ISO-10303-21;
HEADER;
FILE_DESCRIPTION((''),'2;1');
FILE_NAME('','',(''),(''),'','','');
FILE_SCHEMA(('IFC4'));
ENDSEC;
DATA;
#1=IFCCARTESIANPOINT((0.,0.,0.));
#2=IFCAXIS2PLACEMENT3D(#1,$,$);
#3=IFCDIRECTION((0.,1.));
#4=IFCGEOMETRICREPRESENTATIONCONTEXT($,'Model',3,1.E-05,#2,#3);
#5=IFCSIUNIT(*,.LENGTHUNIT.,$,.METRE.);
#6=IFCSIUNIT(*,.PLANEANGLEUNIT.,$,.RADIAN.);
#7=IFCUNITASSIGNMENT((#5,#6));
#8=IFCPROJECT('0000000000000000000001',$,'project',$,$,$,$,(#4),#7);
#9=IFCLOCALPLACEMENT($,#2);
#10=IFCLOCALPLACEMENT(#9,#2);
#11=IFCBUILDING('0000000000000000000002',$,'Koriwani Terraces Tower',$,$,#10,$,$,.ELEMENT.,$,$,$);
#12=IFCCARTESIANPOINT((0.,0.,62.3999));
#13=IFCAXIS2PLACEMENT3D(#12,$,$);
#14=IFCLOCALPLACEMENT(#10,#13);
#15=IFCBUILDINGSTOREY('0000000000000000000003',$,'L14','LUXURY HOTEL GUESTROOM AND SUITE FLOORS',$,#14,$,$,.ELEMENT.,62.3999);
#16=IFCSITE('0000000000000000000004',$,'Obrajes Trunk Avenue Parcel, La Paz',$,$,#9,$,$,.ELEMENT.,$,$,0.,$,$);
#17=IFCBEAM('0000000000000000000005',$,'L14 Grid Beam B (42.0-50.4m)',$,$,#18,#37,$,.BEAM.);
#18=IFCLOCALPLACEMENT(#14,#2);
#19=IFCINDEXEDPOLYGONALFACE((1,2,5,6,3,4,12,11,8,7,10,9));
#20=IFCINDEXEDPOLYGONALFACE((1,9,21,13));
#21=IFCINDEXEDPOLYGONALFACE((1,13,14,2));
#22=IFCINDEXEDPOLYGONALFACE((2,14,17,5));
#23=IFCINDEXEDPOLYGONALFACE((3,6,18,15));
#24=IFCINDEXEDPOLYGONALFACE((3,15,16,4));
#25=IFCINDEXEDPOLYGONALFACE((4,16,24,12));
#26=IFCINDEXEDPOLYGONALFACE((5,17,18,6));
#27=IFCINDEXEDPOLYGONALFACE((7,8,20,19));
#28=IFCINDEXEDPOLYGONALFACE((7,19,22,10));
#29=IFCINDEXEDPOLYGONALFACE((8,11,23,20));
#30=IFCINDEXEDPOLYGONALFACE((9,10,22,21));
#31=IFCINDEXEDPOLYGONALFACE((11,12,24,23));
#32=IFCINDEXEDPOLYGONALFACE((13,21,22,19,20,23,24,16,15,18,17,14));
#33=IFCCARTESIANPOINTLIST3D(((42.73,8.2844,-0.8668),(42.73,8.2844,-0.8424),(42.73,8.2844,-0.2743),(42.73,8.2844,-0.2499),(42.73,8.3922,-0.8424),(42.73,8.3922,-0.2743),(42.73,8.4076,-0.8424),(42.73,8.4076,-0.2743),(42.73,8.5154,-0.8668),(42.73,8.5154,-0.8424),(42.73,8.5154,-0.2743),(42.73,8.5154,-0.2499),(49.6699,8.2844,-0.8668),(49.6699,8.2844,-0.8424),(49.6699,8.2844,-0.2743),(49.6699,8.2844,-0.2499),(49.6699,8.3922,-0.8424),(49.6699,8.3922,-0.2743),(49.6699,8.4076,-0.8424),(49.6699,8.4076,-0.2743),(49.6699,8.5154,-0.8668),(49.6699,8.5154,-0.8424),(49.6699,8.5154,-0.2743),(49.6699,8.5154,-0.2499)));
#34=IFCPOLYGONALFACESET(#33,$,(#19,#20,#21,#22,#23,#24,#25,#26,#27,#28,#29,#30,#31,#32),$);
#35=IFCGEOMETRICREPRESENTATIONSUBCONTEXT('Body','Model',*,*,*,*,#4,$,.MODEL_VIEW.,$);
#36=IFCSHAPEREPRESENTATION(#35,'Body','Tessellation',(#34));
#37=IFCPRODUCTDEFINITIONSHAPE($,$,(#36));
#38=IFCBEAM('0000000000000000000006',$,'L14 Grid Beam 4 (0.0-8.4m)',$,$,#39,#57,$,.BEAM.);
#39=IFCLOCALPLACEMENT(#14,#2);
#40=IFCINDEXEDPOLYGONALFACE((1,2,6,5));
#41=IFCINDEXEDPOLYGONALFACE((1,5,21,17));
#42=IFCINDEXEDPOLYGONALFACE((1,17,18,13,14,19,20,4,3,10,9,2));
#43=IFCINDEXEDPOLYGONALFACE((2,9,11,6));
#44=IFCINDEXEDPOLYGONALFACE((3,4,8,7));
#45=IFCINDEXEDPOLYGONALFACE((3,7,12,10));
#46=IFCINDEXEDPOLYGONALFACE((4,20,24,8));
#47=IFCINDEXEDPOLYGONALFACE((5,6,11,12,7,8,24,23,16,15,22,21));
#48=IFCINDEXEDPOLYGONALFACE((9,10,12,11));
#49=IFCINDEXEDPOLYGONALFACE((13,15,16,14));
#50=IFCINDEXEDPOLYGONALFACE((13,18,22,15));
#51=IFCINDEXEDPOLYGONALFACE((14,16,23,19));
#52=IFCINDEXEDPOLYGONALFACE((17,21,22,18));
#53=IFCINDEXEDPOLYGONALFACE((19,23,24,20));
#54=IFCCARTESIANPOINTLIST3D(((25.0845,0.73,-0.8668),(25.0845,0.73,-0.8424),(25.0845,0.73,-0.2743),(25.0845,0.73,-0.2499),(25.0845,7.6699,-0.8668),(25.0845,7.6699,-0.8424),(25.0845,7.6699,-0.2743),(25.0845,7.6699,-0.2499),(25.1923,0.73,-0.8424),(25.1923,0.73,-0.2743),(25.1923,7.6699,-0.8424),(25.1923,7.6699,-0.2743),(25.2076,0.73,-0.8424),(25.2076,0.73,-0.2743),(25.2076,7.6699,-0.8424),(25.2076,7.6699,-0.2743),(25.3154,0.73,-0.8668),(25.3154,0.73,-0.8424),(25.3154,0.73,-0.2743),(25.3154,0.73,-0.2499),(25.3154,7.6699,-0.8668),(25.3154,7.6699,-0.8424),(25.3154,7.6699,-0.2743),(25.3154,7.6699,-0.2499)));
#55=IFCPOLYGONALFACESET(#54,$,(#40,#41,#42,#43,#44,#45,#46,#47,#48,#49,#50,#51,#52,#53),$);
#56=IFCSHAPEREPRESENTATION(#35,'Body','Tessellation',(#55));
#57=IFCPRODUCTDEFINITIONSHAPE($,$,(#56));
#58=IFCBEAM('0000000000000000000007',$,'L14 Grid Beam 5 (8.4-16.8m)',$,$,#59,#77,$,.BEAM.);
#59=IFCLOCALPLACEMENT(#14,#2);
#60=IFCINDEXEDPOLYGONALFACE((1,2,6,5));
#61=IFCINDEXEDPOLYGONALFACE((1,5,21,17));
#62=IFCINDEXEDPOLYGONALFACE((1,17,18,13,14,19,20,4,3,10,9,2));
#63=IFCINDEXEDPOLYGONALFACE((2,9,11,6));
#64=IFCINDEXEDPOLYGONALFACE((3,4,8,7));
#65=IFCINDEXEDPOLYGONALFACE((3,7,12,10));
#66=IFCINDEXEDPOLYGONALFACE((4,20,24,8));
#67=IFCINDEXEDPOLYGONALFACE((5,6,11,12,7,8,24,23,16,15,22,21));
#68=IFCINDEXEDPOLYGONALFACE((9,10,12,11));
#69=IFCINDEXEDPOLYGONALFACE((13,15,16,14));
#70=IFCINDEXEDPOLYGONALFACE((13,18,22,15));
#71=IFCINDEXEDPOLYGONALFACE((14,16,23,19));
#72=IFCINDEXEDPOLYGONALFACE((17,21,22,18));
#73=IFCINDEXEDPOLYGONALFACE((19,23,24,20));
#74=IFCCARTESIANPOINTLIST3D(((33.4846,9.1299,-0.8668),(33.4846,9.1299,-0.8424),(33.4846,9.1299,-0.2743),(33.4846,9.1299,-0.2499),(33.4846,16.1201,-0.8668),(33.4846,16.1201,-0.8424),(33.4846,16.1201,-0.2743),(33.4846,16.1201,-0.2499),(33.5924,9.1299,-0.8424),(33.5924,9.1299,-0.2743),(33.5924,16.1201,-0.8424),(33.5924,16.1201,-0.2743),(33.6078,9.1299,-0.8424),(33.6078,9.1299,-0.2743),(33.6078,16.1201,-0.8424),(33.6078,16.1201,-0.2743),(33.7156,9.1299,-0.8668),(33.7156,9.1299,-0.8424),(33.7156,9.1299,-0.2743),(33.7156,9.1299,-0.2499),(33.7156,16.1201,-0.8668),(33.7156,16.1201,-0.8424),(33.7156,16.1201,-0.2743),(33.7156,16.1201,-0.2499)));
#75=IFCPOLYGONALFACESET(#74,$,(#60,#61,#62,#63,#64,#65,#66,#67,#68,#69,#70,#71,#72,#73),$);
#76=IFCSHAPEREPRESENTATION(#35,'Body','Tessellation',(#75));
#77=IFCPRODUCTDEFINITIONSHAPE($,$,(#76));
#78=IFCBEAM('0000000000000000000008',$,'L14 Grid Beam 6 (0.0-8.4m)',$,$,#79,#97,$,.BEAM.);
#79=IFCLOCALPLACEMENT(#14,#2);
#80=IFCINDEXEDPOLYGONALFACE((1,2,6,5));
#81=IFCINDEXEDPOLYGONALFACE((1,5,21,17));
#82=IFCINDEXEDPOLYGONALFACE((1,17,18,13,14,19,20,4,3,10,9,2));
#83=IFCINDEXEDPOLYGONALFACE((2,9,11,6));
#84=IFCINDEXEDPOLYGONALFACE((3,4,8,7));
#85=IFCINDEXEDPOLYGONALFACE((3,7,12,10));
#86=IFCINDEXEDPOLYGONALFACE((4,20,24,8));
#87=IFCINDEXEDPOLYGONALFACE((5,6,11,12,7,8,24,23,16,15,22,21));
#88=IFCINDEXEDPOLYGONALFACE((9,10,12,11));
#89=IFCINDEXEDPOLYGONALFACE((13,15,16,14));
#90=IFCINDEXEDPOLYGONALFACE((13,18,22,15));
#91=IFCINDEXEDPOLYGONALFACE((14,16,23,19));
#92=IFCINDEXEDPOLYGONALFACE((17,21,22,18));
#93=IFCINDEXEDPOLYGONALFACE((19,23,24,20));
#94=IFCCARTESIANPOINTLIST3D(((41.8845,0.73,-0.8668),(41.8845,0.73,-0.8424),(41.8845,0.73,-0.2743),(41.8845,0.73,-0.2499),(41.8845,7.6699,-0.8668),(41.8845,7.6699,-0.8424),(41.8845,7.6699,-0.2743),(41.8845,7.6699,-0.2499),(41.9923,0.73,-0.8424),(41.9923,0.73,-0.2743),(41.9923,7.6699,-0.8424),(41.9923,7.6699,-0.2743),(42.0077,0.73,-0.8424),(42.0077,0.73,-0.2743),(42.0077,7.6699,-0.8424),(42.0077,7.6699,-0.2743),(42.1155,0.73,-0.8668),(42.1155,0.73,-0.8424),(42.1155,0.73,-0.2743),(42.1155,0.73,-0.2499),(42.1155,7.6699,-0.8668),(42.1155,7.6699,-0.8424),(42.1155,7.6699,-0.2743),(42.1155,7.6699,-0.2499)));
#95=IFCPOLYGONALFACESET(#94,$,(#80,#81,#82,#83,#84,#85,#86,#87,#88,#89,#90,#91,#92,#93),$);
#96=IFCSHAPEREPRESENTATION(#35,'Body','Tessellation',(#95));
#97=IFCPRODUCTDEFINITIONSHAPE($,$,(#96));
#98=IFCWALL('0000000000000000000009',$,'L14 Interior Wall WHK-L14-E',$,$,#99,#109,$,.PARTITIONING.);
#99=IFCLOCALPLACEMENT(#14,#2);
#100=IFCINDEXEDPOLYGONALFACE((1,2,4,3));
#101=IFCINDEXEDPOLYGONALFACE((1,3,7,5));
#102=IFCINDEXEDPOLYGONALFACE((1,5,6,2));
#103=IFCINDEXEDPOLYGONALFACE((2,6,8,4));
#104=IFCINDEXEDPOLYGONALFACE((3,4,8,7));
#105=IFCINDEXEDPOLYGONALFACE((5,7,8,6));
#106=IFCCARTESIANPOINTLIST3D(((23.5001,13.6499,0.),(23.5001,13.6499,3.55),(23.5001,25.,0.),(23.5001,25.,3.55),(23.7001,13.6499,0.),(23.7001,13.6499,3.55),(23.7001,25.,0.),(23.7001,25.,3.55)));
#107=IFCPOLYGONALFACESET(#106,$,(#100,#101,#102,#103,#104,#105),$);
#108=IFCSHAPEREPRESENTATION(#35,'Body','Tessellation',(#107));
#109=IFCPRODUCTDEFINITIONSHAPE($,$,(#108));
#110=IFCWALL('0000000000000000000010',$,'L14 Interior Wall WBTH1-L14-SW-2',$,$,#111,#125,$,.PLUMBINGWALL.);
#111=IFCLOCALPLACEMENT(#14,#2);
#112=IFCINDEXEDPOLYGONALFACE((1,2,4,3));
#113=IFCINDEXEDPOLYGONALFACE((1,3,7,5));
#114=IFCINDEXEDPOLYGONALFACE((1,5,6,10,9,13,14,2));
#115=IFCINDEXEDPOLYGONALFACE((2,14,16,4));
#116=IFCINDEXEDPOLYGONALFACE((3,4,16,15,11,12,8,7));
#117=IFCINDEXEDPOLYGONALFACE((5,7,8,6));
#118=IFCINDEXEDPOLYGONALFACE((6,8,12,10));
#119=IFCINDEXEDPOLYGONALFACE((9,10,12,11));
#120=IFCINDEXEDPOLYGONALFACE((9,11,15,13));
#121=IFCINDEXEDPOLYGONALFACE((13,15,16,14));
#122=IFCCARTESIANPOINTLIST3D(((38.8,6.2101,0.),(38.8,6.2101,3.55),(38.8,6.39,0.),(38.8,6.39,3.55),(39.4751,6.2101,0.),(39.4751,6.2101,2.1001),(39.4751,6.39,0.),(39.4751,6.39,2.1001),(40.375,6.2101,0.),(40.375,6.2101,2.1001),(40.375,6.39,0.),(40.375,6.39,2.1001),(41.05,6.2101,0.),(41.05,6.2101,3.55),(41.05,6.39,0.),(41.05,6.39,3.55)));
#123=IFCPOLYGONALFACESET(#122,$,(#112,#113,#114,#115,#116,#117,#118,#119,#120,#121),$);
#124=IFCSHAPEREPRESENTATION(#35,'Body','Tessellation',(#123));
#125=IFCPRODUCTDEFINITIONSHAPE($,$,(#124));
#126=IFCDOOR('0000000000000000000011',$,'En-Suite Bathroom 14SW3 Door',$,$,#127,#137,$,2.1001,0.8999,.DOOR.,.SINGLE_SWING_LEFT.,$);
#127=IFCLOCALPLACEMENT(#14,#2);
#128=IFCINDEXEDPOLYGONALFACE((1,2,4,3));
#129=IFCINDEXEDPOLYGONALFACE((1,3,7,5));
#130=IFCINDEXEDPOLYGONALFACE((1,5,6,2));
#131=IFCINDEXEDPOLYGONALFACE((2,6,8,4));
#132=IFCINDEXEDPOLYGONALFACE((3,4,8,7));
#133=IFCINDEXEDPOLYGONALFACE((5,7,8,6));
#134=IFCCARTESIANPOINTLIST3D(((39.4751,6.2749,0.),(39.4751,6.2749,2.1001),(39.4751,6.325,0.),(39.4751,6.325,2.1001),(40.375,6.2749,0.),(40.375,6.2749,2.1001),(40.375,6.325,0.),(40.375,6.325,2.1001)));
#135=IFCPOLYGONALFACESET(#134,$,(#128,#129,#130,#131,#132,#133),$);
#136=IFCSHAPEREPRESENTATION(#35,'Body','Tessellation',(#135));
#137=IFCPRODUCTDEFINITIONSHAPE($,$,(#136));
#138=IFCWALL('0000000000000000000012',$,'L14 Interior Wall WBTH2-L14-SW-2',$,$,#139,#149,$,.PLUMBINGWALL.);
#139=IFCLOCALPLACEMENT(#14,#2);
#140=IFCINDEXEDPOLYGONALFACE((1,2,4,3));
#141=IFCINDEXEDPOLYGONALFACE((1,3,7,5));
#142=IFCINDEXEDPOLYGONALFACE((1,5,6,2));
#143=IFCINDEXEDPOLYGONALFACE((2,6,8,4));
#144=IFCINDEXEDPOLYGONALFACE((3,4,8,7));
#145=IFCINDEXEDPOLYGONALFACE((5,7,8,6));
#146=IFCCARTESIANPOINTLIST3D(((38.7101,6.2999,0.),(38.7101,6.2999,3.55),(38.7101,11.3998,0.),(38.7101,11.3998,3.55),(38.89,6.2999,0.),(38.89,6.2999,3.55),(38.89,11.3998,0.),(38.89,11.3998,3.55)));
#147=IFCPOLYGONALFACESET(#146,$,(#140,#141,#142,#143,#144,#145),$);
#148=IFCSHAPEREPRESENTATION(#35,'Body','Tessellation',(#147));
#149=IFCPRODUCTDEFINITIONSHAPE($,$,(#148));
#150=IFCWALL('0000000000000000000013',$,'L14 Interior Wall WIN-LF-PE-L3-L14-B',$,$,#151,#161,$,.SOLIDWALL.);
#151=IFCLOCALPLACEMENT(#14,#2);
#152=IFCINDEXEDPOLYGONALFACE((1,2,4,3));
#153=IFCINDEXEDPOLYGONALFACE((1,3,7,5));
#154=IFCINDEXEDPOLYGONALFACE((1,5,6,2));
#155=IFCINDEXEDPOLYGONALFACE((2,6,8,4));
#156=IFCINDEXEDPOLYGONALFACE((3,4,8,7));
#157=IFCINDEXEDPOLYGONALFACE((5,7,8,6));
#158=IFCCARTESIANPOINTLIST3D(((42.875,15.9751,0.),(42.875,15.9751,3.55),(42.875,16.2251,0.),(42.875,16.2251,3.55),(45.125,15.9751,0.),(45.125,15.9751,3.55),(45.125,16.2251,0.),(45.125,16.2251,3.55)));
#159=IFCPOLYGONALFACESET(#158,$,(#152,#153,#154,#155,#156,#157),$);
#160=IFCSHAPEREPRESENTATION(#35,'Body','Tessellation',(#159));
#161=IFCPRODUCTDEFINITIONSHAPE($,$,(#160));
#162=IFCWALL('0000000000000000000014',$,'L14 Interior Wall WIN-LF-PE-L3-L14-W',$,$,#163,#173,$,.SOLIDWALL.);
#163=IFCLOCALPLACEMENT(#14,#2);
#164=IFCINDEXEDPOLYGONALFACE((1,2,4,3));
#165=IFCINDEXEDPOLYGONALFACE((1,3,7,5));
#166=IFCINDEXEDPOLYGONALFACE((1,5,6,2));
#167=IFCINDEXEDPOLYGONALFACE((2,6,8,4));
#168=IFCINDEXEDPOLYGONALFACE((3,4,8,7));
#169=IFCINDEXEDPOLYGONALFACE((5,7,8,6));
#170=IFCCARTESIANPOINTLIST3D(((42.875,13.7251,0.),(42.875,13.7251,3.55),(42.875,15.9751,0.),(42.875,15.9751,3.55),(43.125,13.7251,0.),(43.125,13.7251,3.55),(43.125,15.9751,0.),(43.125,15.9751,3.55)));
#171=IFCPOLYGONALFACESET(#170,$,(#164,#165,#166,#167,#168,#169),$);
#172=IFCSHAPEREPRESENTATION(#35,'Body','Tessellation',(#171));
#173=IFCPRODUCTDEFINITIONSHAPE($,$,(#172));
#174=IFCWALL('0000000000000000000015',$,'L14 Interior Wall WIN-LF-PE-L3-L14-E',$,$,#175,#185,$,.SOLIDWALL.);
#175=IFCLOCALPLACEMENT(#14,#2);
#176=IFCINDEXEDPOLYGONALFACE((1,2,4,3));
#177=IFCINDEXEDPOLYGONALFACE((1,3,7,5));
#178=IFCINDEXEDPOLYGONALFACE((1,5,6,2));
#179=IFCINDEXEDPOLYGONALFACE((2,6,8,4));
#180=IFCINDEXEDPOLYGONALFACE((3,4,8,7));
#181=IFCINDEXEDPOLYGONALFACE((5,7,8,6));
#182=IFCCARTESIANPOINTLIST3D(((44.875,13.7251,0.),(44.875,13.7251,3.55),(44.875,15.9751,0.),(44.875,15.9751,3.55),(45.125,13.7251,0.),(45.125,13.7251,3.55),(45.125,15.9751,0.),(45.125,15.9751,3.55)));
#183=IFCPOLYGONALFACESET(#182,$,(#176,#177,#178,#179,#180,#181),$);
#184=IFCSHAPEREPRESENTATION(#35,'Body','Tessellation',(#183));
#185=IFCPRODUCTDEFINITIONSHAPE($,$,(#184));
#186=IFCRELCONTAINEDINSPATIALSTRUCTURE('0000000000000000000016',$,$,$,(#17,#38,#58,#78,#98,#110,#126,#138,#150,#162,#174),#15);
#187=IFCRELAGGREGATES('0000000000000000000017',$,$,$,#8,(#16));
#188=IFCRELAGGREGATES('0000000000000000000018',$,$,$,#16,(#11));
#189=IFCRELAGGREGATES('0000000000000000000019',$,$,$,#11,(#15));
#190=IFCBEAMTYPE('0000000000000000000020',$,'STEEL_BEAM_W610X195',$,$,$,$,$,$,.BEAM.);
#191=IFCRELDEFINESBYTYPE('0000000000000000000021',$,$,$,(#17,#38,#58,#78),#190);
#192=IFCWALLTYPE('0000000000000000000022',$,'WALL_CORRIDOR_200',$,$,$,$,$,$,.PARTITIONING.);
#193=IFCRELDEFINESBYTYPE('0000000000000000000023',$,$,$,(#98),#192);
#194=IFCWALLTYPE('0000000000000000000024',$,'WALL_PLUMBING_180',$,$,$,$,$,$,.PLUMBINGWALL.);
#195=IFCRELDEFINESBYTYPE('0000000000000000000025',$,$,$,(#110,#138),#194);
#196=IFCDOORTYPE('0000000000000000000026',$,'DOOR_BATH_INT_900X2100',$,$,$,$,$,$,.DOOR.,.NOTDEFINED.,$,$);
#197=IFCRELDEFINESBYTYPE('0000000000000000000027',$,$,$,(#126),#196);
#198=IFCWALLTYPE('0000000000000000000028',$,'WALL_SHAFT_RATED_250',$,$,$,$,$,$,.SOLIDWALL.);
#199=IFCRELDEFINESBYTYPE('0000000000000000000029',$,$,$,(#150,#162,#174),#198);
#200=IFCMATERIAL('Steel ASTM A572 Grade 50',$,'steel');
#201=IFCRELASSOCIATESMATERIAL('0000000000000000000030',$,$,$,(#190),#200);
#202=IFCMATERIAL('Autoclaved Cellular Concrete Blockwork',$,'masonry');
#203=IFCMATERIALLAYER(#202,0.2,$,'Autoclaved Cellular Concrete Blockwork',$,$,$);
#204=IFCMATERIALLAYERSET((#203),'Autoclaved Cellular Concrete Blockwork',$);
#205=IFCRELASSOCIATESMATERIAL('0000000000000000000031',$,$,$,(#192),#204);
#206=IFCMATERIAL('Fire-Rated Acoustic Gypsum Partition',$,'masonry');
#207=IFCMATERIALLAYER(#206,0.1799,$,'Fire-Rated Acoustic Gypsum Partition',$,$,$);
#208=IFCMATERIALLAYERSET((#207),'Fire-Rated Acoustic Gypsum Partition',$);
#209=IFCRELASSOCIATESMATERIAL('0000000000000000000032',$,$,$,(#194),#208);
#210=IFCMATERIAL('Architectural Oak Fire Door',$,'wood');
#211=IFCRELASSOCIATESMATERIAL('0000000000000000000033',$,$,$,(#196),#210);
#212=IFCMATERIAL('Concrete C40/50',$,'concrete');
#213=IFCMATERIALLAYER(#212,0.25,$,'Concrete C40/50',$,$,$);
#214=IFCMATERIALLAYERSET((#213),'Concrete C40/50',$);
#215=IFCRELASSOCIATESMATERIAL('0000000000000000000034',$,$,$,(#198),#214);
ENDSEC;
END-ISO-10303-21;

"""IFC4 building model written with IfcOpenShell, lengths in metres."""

from ifc_helpers import new_model, si_unit, direction, frame, frame_2d, origin, origin_2d, place, context, subcontext, project, spatial, rectangle, i_section, extrude, material, layer, layer_set, material_profile, profile_set, type_object, element, fill, save


model = new_model("IFC4")

# Units and contexts
model_context = context("Model", 3, precision=1e-05, world=origin(), true_north=direction((0.0, 1.0)))
body_context = subcontext(model_context, "Body", "Model", "MODEL_VIEW")
ifc_project = project(units=[si_unit("LENGTHUNIT", "METRE"), si_unit("PLANEANGLEUNIT", "RADIAN")], contexts=[model_context])

# Site, building, storey
site_placement = place(None, origin())
site = spatial("IfcSite", under=ifc_project, at=site_placement, Name="Obrajes Trunk Avenue Parcel, La Paz", CompositionType="ELEMENT", RefElevation=0.0)
building_placement = place(site_placement, origin())
building = spatial("IfcBuilding", under=site, at=building_placement, Name="Koriwani Terraces Tower", CompositionType="ELEMENT")
storey_placement = place(building_placement, frame((0.0, 0.0, 62.3999)))
storey = spatial("IfcBuildingStorey", under=building, at=storey_placement, Name="L14", Description="LUXURY HOTEL GUESTROOM AND SUITE FLOORS", CompositionType="ELEMENT", Elevation=62.3999)

# Beams
ifc_material_1 = material(Name="Concrete C40/50", Category="concrete")
ifc_material_2 = material(Name="Steel ASTM A572 Grade 50", Category="steel")
ifc_material_profile_1 = material_profile(ifc_material_2, i_section(OverallWidth=0.231, OverallDepth=0.6169, WebThickness=0.0154, FlangeThickness=0.0244, at=origin_2d()), Name="Steel ASTM A572 Grade 50", Category="LoadBearing")
ifc_profile_set_1 = profile_set([ifc_material_profile_1], Name="Steel ASTM A572 Grade 50")
beam_type_1 = type_object("IfcBeamType", Name="STEEL_BEAM_W610X195", PredefinedType="BEAM", material=ifc_profile_set_1)
for number, where, z_axis, x_axis, name in (
    (1, (42.73, 8.3999, -0.5583), (1.0, 0.0, 0.0), (0.0, 1.0, 0.0), "L14 Grid Beam B (42.0-50.4m)"),
    (2, (25.2, 0.73, -0.5583), (0.0, 1.0, 0.0), (-1.0, 0.0, 0.0), "L14 Grid Beam 4 (0.0-8.4m)"),
):
    element("IfcBeam", number, at=place(storey_placement, frame(where, z_axis=z_axis, x_axis=x_axis)), inside=storey, type_object=beam_type_1, Name=name, PredefinedType="BEAM", context=body_context, shape_type="SweptSolid", body=[
        extrude(i_section(OverallWidth=0.231, OverallDepth=0.6169, WebThickness=0.0154, FlangeThickness=0.0244, at=origin_2d()), origin(), (0.0, 0.0, 1.0), 6.9399),
    ])
beam_1_placement = place(storey_placement, frame((33.6001, 9.1299, -0.5583), z_axis=(0.0, 1.0, 0.0), x_axis=(-1.0, 0.0, 0.0)))
element("IfcBeam", 3, at=beam_1_placement, inside=storey, type_object=beam_type_1, Name="L14 Grid Beam 5 (8.4-16.8m)", PredefinedType="BEAM", context=body_context, shape_type="SweptSolid", body=[
    extrude(i_section(OverallWidth=0.231, OverallDepth=0.6169, WebThickness=0.0154, FlangeThickness=0.0244, at=origin_2d()), origin(), (0.0, 0.0, 1.0), 6.9902),
])
beam_2_placement = place(storey_placement, frame((42.0, 0.73, -0.5583), z_axis=(0.0, 1.0, 0.0), x_axis=(-1.0, 0.0, 0.0)))
element("IfcBeam", 4, at=beam_2_placement, inside=storey, type_object=beam_type_1, Name="L14 Grid Beam 6 (0.0-8.4m)", PredefinedType="BEAM", context=body_context, shape_type="SweptSolid", body=[
    extrude(i_section(OverallWidth=0.231, OverallDepth=0.6169, WebThickness=0.0154, FlangeThickness=0.0244, at=origin_2d()), origin(), (0.0, 0.0, 1.0), 6.9399),
])

# Wall
ifc_material_3 = material(Name="Autoclaved Cellular Concrete Blockwork", Category="masonry")
ifc_layer_1 = layer(ifc_material_3, 0.2, Name="Autoclaved Cellular Concrete Blockwork")
ifc_layer_set_1 = layer_set([ifc_layer_1], Name="Autoclaved Cellular Concrete Blockwork")
wall_type_1 = type_object("IfcWallType", Name="WALL_CORRIDOR_200", PredefinedType="PARTITIONING", material=ifc_layer_set_1)
wall_1_placement = place(storey_placement, frame((23.6001, 13.6499, 0.0), z_axis=(0.0, 0.0, 1.0), x_axis=(0.0, 1.0, 0.0)))
element("IfcWall", 5, at=wall_1_placement, inside=storey, type_object=wall_type_1, Name="L14 Interior Wall WHK-L14-E", PredefinedType="PARTITIONING", context=body_context, shape_type="SweptSolid", body=[
    extrude(rectangle(XDim=11.3501, YDim=0.2, at=frame_2d((5.675, 0.0))), origin(), (0.0, 0.0, 1.0), 3.55),
])

# Wall, opening, door
ifc_material_4 = material(Name="Fire-Rated Acoustic Gypsum Partition", Category="masonry")
ifc_layer_2 = layer(ifc_material_4, 0.1799, Name="Fire-Rated Acoustic Gypsum Partition")
ifc_layer_set_2 = layer_set([ifc_layer_2], Name="Fire-Rated Acoustic Gypsum Partition")
wall_type_2 = type_object("IfcWallType", Name="WALL_PLUMBING_180", PredefinedType="PLUMBINGWALL", material=ifc_layer_set_2)
wall_2_placement = place(storey_placement, frame((38.8, 6.3, 0.0), z_axis=(0.0, 0.0, 1.0), x_axis=(1.0, 0.0, 0.0)))
wall_2 = element("IfcWall", 6, at=wall_2_placement, inside=storey, type_object=wall_type_2, Name="L14 Interior Wall WBTH1-L14-SW-2", PredefinedType="PLUMBINGWALL", context=body_context, shape_type="SweptSolid", body=[
    extrude(rectangle(XDim=2.25, YDim=0.1799, at=frame_2d((1.125, 0.0))), origin(), (0.0, 0.0, 1.0), 3.55),
])
opening_1_placement = place(wall_2_placement, frame((0.675, 0.0, 0.0)))
opening_1 = element("IfcOpeningElement", 7, at=opening_1_placement, cuts=wall_2, PredefinedType="OPENING", context=body_context, shape_type="SweptSolid", body=[
    extrude(rectangle(XDim=0.8999, YDim=2.1001, at=frame_2d((0.45, 1.05))), frame((0.0, 0.1001, 0.0), z_axis=(0.0, -1.0, 0.0), x_axis=(1.0, 0.0, 0.0)), (0.0, 0.0, 1.0), 0.2),
])
ifc_material_5 = material(Name="Architectural Oak Fire Door", Category="wood")
door_type_1 = type_object("IfcDoorType", Name="DOOR_BATH_INT_900X2100", OperationType="NOTDEFINED", PredefinedType="DOOR", material=ifc_material_5)
door_1_placement = place(opening_1_placement, origin())
door_1 = element("IfcDoor", 8, at=door_1_placement, inside=storey, type_object=door_type_1, Name="En-Suite Bathroom 14SW3 Door", OperationType="SINGLE_SWING_LEFT", OverallHeight=2.1001, OverallWidth=0.8999, PredefinedType="DOOR", context=body_context, shape_type="SweptSolid", body=[
    extrude(rectangle(XDim=0.8999, YDim=2.1001, at=frame_2d((0.45, 1.05))), frame((0.0, 0.0249, 0.0), z_axis=(0.0, -1.0, 0.0), x_axis=(1.0, 0.0, 0.0)), (0.0, 0.0, 1.0), 0.05),
])
fill(opening_1, door_1)

# Wall
wall_3_placement = place(storey_placement, frame((38.8, 6.3, 0.0), z_axis=(0.0, 0.0, 1.0), x_axis=(0.0, 1.0, 0.0)))
element("IfcWall", 9, at=wall_3_placement, inside=storey, type_object=wall_type_2, Name="L14 Interior Wall WBTH2-L14-SW-2", PredefinedType="PLUMBINGWALL", context=body_context, shape_type="SweptSolid", body=[
    extrude(rectangle(XDim=5.0999, YDim=0.1799, at=frame_2d((2.5498, 0.0))), origin(), (0.0, 0.0, 1.0), 3.55),
])

# Shared definitions
ifc_layer_3 = layer(ifc_material_1, 0.25, Name="Concrete C40/50")
ifc_layer_set_3 = layer_set([ifc_layer_3], Name="Concrete C40/50")
wall_type_3 = type_object("IfcWallType", Name="WALL_SHAFT_RATED_250", PredefinedType="SOLIDWALL", material=ifc_layer_set_3)

# Walls
for number, where, z_axis, x_axis, name in (
    (10, (42.875, 16.1001, 0.0), (0.0, 0.0, 1.0), (1.0, 0.0, 0.0), "L14 Interior Wall WIN-LF-PE-L3-L14-B"),
    (11, (43.0, 13.7251, 0.0), (0.0, 0.0, 1.0), (0.0, 1.0, 0.0), "L14 Interior Wall WIN-LF-PE-L3-L14-W"),
    (12, (45.0, 13.7251, 0.0), (0.0, 0.0, 1.0), (0.0, 1.0, 0.0), "L14 Interior Wall WIN-LF-PE-L3-L14-E"),
):
    element("IfcWall", number, at=place(storey_placement, frame(where, z_axis=z_axis, x_axis=x_axis)), inside=storey, type_object=wall_type_3, Name=name, PredefinedType="SOLIDWALL", context=body_context, shape_type="SweptSolid", body=[
        extrude(rectangle(XDim=2.25, YDim=0.25, at=frame_2d((1.125, 0.0))), origin(), (0.0, 0.0, 1.0), 3.55),
    ])

save(model, "model.ifc")
